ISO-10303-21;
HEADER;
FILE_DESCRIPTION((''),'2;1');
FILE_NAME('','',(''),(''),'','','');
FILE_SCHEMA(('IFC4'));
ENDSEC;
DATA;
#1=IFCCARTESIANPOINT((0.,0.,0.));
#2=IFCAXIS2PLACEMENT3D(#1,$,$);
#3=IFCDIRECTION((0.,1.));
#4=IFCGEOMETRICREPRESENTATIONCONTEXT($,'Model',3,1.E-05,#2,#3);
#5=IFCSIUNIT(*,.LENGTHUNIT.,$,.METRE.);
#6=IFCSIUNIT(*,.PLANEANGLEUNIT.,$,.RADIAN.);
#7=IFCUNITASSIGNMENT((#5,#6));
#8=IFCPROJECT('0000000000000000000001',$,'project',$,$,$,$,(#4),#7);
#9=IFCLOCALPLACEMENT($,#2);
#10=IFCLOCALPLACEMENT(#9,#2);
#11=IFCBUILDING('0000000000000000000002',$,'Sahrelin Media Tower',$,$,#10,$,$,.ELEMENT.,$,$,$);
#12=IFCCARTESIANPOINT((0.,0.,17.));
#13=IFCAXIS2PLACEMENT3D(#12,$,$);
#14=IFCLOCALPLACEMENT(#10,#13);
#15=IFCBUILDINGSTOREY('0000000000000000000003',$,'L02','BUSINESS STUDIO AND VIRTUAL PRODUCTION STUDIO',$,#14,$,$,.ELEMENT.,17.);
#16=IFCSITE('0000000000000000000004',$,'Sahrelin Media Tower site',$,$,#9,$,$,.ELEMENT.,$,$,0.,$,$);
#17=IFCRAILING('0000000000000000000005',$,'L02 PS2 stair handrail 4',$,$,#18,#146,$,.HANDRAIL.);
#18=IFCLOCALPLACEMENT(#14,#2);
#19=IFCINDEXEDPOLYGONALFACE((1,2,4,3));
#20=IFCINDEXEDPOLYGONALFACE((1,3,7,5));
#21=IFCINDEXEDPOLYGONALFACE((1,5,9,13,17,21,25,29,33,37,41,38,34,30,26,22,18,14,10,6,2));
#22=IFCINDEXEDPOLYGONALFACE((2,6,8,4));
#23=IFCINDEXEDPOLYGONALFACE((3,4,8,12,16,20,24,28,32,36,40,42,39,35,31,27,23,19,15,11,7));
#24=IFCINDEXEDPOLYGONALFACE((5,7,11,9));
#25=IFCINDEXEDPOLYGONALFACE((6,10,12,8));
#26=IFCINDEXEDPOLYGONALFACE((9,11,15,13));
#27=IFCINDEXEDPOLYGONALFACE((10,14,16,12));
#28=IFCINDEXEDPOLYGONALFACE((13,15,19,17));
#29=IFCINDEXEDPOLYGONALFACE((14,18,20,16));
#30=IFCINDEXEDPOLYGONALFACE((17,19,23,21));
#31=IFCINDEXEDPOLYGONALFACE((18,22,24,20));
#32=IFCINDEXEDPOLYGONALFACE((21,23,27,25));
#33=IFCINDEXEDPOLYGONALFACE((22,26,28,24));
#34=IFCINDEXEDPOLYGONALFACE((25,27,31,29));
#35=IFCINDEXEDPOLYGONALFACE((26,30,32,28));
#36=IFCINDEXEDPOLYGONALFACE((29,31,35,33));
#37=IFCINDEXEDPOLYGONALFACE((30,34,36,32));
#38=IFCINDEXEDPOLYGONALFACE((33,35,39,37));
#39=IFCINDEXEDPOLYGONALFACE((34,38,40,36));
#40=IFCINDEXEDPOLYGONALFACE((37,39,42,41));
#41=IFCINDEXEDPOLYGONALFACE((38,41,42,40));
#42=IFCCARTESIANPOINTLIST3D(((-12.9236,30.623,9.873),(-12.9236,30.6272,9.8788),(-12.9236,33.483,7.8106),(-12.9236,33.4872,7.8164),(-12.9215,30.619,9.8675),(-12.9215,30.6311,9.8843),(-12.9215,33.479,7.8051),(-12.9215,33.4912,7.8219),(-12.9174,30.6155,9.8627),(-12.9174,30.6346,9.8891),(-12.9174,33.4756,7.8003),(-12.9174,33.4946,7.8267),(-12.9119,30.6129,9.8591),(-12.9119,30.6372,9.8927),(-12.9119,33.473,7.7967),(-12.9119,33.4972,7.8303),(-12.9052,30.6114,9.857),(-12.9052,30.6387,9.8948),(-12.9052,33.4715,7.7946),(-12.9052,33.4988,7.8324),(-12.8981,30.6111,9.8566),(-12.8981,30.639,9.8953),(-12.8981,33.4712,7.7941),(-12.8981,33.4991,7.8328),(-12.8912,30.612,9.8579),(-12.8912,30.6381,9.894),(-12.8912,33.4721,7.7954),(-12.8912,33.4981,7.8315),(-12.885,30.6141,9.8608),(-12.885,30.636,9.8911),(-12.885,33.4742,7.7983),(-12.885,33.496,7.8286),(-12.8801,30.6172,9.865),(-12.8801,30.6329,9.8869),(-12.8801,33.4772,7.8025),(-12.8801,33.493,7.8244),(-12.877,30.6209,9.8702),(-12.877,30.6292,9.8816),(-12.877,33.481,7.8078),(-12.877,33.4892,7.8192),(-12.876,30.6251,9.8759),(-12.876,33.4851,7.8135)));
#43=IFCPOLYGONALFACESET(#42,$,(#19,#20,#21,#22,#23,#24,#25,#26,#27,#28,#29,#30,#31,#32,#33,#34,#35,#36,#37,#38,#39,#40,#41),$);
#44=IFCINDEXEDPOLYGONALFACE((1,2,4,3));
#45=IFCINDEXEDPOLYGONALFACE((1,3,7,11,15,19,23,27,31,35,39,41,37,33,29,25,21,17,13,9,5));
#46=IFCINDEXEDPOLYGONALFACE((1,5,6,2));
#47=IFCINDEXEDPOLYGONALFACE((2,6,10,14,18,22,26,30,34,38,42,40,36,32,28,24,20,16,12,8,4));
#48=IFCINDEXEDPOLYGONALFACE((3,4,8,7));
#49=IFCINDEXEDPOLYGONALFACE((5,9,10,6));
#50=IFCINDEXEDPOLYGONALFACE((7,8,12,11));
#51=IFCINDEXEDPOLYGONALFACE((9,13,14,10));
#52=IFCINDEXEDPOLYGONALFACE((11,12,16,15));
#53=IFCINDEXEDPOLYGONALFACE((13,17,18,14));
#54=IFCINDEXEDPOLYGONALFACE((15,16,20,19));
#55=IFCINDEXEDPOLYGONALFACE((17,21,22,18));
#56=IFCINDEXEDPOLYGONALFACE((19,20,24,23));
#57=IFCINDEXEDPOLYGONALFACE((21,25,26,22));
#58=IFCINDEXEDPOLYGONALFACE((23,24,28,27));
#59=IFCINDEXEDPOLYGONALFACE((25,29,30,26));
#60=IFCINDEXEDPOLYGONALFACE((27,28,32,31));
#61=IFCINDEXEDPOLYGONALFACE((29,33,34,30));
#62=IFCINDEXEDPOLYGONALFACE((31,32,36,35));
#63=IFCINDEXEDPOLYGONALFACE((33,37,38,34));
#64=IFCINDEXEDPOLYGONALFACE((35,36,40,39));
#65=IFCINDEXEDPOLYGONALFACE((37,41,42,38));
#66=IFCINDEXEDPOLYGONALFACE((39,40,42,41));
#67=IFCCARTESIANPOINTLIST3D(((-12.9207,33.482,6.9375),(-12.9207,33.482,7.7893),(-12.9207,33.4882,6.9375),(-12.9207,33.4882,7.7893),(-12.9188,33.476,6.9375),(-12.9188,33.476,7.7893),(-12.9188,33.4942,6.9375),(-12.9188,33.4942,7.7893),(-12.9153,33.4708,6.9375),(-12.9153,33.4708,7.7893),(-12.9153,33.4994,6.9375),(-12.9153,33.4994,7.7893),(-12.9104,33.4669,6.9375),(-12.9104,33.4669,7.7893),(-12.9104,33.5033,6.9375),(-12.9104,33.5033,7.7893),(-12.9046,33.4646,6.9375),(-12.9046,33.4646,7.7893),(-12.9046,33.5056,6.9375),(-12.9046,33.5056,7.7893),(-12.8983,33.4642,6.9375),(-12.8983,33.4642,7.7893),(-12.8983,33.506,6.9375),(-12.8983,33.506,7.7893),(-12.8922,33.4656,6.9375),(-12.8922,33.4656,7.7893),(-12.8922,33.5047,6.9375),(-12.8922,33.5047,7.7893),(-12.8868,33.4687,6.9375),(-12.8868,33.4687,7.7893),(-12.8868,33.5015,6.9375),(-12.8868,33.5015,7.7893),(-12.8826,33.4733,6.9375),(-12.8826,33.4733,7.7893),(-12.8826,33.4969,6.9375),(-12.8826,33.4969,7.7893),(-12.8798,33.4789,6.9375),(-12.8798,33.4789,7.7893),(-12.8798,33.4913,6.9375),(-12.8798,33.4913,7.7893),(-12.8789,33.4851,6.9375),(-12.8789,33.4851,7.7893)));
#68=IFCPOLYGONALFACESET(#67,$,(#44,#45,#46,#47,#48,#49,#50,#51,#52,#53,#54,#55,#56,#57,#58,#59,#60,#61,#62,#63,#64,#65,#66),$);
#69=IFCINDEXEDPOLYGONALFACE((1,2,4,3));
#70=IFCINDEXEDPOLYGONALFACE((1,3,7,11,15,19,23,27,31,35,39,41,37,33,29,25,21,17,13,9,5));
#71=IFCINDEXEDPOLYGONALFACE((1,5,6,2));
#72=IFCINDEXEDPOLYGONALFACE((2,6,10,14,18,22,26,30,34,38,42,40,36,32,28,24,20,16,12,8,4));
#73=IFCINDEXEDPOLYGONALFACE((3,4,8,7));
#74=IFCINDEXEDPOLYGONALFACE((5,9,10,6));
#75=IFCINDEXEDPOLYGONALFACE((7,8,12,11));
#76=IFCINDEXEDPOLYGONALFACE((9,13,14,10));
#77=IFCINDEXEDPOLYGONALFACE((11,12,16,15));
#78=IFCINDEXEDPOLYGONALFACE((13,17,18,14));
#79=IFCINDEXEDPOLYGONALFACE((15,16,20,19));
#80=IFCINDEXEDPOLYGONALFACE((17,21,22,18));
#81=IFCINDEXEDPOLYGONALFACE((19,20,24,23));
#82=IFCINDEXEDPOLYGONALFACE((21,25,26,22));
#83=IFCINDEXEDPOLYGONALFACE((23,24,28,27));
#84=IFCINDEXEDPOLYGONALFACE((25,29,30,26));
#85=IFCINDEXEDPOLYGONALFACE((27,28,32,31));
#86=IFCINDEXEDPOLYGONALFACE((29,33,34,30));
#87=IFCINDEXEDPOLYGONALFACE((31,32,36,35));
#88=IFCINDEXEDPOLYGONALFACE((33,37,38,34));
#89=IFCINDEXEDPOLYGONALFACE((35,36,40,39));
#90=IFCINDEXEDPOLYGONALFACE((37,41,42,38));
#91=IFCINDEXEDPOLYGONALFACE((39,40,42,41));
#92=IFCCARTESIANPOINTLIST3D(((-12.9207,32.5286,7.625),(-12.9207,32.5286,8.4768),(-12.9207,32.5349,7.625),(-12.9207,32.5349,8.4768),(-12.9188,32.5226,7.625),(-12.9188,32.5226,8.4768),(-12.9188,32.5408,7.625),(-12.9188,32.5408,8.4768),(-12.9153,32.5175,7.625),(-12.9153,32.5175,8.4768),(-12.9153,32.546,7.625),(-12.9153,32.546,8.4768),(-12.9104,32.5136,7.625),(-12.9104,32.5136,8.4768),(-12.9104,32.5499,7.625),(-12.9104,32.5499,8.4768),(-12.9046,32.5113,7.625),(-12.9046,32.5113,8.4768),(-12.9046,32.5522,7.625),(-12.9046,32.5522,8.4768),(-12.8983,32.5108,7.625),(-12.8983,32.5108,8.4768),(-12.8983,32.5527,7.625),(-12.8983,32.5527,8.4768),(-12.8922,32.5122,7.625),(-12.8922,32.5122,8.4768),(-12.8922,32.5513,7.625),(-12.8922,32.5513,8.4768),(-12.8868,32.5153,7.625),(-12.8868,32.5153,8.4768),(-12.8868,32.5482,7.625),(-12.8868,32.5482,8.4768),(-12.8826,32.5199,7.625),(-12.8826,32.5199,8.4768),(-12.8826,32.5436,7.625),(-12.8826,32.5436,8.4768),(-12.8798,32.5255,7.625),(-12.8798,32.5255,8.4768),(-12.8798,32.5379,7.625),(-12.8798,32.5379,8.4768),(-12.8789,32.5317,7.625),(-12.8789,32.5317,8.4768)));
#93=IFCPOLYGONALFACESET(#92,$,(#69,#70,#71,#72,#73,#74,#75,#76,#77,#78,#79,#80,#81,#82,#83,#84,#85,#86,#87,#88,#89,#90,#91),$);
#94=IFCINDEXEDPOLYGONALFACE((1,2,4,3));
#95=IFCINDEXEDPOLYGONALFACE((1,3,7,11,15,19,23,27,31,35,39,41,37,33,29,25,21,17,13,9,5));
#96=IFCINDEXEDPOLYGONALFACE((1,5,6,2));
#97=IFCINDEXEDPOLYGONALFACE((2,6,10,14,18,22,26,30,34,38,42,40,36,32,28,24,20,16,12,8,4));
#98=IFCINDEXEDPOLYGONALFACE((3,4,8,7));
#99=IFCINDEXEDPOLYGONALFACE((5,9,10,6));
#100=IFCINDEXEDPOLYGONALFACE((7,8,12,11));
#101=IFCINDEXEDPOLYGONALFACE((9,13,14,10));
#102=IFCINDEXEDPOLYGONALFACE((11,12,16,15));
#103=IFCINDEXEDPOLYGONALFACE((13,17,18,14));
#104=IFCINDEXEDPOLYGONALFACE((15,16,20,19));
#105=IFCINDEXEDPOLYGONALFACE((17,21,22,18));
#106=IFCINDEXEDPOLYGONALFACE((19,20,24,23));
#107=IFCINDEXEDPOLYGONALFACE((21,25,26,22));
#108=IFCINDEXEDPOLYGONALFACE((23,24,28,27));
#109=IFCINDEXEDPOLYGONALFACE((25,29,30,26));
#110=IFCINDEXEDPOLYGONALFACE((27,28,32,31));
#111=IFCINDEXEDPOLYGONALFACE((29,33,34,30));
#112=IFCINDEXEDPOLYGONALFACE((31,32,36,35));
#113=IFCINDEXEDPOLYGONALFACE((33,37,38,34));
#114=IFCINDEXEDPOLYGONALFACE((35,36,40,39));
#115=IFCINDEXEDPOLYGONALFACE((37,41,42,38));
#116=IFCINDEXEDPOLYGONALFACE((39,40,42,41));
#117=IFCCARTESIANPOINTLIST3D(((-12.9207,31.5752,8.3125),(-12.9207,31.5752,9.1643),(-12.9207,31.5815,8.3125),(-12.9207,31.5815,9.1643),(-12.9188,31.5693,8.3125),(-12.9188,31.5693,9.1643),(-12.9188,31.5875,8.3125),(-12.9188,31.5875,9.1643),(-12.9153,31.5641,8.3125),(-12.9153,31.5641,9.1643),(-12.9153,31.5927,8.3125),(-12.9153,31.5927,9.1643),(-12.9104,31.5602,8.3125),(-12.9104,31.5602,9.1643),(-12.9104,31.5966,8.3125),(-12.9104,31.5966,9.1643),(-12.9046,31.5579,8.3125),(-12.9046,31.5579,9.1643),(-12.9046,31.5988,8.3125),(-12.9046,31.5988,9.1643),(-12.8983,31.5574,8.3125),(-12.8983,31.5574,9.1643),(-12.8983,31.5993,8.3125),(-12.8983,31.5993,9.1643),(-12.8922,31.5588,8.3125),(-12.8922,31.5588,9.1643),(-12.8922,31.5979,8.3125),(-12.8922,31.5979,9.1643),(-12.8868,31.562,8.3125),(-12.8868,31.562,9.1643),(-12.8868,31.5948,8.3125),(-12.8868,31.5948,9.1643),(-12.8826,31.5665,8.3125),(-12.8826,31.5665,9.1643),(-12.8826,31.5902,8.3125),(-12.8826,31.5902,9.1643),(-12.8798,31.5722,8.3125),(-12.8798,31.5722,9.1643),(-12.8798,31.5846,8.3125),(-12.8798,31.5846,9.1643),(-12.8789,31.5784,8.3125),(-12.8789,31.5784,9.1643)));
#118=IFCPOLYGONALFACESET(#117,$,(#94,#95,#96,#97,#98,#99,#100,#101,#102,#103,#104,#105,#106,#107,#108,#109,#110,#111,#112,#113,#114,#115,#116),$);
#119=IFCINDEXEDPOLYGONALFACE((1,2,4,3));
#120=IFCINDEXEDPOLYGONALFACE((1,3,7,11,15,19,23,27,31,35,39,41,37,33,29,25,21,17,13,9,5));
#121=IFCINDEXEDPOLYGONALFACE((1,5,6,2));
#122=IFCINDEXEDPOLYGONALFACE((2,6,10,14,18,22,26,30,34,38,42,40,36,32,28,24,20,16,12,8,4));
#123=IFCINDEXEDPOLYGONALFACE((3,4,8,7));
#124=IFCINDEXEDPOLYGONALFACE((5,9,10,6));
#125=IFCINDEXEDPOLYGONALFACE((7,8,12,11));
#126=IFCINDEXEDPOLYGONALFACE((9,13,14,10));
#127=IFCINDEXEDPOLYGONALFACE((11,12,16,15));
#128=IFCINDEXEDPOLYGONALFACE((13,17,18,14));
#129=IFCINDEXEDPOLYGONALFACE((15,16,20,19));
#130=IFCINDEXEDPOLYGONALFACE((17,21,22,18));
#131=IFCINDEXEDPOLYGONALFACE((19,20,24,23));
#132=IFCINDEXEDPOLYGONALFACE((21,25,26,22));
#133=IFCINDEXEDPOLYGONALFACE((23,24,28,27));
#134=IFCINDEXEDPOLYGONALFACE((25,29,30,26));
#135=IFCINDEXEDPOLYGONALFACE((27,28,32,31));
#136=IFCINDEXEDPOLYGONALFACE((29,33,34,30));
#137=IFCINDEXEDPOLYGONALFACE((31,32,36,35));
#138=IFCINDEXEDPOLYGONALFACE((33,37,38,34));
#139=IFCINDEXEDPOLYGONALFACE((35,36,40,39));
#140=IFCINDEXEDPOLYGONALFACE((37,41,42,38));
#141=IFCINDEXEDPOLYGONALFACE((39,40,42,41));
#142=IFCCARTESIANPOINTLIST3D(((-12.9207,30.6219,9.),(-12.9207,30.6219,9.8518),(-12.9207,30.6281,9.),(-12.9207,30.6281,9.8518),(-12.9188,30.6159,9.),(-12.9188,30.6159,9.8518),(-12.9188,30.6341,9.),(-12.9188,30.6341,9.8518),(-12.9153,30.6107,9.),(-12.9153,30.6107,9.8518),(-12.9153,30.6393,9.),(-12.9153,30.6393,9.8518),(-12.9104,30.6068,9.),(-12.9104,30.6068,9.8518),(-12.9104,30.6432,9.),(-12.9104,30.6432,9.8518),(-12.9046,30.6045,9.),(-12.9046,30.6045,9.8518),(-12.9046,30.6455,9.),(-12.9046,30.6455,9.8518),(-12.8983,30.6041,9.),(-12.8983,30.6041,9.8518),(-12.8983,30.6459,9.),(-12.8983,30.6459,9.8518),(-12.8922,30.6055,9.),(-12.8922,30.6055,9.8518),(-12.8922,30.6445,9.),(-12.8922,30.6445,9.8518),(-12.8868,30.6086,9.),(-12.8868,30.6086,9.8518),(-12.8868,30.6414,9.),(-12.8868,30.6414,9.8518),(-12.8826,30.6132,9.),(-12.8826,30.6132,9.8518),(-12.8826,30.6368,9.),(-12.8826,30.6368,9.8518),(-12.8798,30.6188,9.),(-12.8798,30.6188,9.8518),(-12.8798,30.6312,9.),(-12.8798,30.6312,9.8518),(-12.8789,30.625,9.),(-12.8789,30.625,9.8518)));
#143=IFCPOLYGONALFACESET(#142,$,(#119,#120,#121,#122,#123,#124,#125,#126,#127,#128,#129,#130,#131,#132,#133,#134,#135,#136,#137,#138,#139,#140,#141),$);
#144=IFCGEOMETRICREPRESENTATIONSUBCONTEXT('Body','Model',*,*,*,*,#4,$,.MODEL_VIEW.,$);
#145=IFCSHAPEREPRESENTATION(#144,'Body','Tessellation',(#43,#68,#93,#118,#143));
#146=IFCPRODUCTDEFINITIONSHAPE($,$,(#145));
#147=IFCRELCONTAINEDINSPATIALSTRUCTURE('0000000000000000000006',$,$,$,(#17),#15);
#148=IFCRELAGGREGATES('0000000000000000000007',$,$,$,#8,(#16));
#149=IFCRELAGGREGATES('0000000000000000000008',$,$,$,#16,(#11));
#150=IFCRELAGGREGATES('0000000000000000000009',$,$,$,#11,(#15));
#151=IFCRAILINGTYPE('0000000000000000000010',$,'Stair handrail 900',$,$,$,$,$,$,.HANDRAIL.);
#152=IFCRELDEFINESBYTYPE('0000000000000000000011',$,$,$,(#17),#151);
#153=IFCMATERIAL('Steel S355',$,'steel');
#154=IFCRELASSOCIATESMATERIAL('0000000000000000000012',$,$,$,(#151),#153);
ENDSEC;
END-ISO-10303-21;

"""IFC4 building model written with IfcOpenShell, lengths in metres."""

from ifc_helpers import new_model, si_unit, direction, frame, origin, origin_2d, place, context, subcontext, project, spatial, circle, extrude, material, type_object, element, save


model = new_model("IFC4")

# Units and contexts
model_context = context("Model", 3, precision=1e-05, world=origin(), true_north=direction((0.0, 1.0)))
body_context = subcontext(model_context, "Body", "Model", "MODEL_VIEW")
ifc_project = project(units=[si_unit("LENGTHUNIT", "METRE"), si_unit("PLANEANGLEUNIT", "RADIAN")], contexts=[model_context])

# Site, building, storey
site_placement = place(None, origin())
site = spatial("IfcSite", under=ifc_project, at=site_placement, Name="Sahrelin Media Tower site", CompositionType="ELEMENT", RefElevation=0.0)
building_placement = place(site_placement, origin())
building = spatial("IfcBuilding", under=site, at=building_placement, Name="Sahrelin Media Tower", CompositionType="ELEMENT")
storey_placement = place(building_placement, frame((0.0, 0.0, 17.0)))
storey = spatial("IfcBuildingStorey", under=building, at=storey_placement, Name="L02", Description="BUSINESS STUDIO AND VIRTUAL PRODUCTION STUDIO", CompositionType="ELEMENT", Elevation=17.0)

# Shared definitions
ifc_material_1 = material(Name="Steel S355", Category="steel")

# Railing
railing_type_1 = type_object("IfcRailingType", Name="Stair handrail 900", PredefinedType="HANDRAIL", material=ifc_material_1)
for number, where, name in (
    (1, (-12.8999, 33.4851, 6.9375), "L02 PS2 stair handrail 4"),
):
    element("IfcRailing", number, at=place(storey_placement, frame(where)), inside=storey, type_object=railing_type_1, Name=name, PredefinedType="HANDRAIL", context=body_context, shape_type="SweptSolid", body=[
        extrude(circle(Radius=0.0239, at=origin_2d()), frame((0.0, 0.0, 0.876), z_axis=(0.0, -0.811101, 0.584906), x_axis=(1.0, 0.0, 0.0)), (0.0, 0.0, 1.0), 3.5261),
        extrude(circle(Radius=0.021, at=origin_2d()), origin(), (0.0, 0.0, 1.0), 0.8518),
        extrude(circle(Radius=0.021, at=origin_2d()), frame((0.0, -0.9534, 0.6875)), (0.0, 0.0, 1.0), 0.8518),
        extrude(circle(Radius=0.021, at=origin_2d()), frame((0.0, -1.9067, 1.375)), (0.0, 0.0, 1.0), 0.8518),
        extrude(circle(Radius=0.021, at=origin_2d()), frame((0.0, -2.8601, 2.0625)), (0.0, 0.0, 1.0), 0.8518),
    ])

save(model, "model.ifc")
